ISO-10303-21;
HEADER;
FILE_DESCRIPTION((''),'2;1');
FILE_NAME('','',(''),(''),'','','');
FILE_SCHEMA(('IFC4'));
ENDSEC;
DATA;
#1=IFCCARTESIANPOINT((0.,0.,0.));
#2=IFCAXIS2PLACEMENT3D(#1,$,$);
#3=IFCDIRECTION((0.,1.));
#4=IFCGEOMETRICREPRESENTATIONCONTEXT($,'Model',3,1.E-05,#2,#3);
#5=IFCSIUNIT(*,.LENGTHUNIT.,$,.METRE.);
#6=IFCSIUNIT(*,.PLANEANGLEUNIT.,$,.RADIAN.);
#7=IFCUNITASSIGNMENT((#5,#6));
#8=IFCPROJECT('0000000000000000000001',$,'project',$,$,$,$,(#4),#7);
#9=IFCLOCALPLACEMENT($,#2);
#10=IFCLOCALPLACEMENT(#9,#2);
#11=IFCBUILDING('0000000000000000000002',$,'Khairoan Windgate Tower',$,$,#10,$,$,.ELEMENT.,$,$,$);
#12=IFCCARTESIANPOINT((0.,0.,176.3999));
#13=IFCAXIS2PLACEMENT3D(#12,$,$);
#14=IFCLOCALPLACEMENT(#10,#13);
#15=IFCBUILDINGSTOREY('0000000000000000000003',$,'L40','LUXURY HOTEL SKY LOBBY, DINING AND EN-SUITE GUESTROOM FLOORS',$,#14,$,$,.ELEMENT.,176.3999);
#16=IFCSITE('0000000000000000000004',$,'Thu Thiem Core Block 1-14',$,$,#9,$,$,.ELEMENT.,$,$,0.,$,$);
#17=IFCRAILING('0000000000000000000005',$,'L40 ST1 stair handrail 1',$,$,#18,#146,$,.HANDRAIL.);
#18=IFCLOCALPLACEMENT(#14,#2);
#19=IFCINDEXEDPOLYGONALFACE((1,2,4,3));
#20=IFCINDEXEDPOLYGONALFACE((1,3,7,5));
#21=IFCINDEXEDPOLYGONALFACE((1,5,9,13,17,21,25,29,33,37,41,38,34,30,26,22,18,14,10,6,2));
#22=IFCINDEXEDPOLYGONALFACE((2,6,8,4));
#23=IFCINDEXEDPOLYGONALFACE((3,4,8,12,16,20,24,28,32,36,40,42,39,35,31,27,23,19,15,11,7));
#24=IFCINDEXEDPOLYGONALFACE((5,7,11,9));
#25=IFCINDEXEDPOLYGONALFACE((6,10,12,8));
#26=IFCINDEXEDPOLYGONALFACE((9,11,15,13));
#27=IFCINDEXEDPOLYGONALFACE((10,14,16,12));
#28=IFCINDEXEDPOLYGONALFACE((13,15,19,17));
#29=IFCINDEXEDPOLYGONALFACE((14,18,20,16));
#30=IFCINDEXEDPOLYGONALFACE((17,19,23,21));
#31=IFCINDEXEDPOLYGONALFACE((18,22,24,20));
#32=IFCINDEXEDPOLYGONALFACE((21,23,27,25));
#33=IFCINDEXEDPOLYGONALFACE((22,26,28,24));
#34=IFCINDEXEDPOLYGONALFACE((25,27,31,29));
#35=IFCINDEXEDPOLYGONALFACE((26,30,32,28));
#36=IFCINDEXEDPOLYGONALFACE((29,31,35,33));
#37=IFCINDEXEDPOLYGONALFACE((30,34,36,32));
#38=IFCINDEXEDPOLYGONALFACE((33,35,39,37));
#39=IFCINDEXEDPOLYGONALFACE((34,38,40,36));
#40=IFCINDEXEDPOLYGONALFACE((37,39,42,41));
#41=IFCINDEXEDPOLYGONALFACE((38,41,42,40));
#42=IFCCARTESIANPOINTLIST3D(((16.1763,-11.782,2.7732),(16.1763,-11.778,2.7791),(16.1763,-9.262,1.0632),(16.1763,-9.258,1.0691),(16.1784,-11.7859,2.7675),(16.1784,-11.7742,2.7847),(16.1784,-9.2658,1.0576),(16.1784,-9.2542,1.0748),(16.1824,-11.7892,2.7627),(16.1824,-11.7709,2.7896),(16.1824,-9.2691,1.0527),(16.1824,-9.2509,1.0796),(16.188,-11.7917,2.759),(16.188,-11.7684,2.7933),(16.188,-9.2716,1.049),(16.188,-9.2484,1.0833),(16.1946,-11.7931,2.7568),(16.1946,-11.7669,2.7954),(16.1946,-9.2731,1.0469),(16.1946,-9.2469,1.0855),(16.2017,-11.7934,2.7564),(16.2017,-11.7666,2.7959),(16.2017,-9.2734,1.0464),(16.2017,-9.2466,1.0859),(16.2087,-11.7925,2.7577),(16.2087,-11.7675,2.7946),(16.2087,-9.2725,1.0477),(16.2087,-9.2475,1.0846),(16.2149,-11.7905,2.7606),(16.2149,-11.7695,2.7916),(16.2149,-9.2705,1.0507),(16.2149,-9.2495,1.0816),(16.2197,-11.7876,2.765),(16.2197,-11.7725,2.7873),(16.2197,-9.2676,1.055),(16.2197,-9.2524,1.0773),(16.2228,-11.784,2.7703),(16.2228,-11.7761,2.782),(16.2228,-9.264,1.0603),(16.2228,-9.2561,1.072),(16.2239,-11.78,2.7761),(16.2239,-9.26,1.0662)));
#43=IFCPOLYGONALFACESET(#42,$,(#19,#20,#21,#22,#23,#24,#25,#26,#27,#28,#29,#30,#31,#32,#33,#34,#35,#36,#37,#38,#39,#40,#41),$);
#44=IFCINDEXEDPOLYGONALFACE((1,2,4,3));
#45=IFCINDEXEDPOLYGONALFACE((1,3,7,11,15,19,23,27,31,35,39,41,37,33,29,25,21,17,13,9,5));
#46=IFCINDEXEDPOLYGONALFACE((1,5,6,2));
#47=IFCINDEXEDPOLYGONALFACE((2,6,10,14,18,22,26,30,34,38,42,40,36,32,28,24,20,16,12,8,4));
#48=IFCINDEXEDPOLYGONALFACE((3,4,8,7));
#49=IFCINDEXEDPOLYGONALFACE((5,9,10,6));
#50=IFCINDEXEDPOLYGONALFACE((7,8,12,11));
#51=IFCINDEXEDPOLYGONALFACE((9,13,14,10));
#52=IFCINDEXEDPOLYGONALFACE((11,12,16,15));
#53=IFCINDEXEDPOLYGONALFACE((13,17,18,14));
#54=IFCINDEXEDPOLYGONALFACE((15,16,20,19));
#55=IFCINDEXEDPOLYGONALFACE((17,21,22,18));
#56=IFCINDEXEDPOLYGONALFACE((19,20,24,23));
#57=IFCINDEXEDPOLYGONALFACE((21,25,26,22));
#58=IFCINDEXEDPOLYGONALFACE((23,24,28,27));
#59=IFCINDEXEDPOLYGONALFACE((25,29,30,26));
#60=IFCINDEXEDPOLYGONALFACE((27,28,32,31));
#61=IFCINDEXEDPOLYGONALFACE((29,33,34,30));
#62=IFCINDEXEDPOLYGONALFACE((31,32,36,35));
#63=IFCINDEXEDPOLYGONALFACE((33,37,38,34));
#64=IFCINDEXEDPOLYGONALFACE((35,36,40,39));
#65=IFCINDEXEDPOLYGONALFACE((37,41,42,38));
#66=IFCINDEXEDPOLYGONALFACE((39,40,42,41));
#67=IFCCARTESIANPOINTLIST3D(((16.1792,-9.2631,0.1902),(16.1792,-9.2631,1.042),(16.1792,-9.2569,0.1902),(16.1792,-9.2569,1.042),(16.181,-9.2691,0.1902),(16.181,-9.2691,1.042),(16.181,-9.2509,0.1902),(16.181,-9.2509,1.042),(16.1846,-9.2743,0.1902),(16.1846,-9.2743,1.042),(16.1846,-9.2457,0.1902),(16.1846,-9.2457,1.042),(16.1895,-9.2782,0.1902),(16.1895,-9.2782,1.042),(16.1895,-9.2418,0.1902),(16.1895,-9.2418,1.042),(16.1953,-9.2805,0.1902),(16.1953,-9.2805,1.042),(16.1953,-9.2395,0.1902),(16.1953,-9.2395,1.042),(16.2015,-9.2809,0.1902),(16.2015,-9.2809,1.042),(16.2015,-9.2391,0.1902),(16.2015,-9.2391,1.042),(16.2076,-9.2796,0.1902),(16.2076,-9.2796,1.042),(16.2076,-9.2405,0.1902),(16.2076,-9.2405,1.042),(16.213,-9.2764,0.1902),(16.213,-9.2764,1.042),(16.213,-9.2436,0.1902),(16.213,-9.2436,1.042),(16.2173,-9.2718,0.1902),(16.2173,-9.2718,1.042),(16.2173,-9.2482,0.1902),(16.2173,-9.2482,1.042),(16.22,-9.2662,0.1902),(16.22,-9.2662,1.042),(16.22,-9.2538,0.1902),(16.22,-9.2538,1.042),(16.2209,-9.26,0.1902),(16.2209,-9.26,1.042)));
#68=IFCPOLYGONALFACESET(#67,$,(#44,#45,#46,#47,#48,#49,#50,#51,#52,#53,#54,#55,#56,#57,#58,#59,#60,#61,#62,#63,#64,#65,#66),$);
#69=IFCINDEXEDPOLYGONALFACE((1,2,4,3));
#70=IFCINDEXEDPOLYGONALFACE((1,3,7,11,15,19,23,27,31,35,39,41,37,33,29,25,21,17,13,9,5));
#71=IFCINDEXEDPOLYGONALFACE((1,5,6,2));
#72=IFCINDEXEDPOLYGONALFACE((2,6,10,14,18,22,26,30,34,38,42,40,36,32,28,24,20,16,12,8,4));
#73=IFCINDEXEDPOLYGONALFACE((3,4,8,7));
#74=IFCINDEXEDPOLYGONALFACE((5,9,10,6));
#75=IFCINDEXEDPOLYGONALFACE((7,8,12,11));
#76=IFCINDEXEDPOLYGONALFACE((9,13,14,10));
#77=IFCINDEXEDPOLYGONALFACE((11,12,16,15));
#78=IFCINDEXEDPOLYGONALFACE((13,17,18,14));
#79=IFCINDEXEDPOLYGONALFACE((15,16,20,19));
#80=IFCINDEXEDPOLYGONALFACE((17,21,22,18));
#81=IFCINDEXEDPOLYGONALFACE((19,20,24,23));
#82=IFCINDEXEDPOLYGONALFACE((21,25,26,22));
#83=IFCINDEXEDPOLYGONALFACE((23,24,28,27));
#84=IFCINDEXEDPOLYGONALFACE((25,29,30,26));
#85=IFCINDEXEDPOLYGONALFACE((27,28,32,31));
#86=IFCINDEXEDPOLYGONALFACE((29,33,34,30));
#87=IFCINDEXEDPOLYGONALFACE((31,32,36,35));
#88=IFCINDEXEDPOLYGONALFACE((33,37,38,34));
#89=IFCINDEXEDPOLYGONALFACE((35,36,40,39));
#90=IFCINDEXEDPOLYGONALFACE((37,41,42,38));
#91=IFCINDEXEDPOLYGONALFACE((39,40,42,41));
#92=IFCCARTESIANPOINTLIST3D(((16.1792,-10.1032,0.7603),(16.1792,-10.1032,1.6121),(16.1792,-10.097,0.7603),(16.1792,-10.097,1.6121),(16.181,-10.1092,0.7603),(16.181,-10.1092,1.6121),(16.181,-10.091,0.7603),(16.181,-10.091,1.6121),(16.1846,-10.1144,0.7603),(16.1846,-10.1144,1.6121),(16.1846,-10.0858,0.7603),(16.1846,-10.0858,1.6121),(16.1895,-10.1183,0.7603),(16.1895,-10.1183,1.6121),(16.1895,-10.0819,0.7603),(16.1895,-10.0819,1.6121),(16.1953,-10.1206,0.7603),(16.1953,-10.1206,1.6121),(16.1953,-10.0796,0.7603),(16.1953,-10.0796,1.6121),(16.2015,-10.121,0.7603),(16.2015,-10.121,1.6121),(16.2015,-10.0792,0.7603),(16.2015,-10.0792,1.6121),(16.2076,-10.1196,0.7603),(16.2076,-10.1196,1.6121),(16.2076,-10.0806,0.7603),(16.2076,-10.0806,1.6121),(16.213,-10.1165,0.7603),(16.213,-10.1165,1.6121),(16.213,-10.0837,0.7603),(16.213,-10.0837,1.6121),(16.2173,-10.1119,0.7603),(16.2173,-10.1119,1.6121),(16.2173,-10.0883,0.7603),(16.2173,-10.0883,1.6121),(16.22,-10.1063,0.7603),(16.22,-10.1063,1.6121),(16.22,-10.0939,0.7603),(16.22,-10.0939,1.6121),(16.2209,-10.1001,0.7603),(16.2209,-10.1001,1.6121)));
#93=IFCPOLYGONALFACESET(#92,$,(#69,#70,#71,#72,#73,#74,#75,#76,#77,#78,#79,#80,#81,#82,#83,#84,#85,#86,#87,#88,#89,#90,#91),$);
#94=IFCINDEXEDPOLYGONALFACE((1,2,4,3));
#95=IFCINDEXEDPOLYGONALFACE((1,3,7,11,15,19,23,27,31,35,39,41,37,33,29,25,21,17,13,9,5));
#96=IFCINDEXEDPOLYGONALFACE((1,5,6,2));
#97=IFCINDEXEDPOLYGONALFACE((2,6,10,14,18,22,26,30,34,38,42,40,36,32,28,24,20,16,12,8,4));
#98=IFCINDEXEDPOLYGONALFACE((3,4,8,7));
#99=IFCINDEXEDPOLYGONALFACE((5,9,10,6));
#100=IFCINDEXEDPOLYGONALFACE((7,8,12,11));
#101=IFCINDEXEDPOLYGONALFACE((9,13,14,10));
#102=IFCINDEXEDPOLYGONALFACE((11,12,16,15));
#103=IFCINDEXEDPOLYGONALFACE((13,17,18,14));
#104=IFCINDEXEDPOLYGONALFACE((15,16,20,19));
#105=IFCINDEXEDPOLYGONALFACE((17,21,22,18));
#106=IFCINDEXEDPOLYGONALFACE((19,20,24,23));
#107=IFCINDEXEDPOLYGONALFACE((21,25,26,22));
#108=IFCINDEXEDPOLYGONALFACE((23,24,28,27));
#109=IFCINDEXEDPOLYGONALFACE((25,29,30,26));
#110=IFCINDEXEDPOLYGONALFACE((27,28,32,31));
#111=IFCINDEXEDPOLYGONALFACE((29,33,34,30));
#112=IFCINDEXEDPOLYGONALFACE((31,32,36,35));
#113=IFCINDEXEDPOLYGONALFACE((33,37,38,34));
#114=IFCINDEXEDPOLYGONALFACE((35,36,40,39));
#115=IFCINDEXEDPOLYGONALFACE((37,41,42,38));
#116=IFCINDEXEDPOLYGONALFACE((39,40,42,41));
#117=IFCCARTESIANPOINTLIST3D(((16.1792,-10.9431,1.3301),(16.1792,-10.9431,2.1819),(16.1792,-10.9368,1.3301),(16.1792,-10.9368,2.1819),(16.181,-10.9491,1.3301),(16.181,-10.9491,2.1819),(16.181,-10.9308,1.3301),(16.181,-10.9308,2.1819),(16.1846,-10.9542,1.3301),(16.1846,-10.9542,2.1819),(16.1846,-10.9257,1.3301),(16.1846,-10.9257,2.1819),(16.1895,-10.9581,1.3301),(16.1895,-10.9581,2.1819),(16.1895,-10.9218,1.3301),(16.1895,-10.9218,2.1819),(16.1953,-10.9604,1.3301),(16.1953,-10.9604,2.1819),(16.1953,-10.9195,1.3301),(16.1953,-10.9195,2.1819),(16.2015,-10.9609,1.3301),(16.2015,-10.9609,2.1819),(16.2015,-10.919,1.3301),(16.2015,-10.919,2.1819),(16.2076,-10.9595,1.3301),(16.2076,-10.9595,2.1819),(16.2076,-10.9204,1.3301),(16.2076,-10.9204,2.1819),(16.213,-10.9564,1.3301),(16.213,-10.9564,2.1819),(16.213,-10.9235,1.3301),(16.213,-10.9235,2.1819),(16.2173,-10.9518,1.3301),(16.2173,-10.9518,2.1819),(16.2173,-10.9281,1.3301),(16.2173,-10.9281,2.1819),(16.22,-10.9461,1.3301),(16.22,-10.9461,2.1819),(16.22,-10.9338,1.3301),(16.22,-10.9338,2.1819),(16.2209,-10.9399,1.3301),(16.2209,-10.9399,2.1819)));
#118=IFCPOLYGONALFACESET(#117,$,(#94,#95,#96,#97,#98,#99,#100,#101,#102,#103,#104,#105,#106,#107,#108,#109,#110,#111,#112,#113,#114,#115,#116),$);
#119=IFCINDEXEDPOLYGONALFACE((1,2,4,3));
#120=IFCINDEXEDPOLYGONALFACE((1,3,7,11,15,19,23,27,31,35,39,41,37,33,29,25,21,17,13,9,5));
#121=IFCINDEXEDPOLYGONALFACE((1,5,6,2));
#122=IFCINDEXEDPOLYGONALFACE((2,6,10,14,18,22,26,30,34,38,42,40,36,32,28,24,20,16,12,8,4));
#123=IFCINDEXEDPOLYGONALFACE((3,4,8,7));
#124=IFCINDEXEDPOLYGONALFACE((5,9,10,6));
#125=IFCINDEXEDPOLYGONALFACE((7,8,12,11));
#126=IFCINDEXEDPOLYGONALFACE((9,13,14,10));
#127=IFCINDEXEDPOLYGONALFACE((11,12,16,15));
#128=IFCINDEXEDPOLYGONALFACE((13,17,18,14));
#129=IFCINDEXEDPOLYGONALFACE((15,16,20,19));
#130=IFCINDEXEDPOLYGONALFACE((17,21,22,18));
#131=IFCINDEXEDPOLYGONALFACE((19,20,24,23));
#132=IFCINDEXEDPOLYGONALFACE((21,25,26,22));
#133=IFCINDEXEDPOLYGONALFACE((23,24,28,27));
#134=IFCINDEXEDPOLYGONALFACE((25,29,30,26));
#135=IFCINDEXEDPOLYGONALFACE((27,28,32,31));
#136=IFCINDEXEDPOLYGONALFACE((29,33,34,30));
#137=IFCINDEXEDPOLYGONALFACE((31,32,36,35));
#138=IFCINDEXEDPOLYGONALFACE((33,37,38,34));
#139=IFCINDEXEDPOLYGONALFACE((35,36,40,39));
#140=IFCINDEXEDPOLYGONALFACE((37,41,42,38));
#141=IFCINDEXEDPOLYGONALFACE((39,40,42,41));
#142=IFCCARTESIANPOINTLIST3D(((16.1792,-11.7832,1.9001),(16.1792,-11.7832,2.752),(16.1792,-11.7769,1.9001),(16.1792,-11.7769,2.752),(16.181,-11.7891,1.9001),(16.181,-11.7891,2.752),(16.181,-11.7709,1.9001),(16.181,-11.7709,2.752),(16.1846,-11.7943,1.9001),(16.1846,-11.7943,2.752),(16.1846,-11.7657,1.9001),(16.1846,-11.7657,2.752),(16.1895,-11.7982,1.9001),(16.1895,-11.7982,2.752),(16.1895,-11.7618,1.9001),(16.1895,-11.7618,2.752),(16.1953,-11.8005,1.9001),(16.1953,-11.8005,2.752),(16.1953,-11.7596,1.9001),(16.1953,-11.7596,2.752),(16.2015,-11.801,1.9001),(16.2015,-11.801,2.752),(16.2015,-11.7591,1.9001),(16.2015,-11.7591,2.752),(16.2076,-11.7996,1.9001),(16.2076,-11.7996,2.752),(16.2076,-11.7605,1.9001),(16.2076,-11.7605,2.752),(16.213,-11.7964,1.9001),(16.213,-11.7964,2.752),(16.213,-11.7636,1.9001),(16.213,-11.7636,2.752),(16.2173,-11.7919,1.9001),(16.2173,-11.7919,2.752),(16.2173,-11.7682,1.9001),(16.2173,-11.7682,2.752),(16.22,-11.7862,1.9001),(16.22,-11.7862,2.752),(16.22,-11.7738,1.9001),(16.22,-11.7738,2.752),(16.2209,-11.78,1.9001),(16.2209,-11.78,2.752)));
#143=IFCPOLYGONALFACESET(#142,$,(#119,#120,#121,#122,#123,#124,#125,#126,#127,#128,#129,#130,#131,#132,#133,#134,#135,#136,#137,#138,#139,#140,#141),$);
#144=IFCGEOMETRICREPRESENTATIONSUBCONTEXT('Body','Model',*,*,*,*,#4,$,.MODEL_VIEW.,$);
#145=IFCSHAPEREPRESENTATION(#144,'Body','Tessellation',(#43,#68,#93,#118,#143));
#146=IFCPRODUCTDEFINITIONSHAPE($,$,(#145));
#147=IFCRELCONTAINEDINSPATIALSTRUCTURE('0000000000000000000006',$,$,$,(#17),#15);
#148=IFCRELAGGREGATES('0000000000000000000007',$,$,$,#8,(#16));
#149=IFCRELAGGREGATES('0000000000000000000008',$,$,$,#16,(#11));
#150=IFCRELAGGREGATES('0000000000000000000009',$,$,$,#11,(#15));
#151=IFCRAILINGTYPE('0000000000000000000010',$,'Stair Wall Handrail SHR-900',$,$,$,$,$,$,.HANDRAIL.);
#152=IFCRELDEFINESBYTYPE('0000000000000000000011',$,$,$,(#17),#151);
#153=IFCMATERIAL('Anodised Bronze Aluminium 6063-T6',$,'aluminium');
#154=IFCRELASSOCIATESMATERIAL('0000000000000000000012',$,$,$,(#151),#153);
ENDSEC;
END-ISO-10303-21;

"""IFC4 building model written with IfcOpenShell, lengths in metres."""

from ifc_helpers import new_model, si_unit, direction, frame, origin, origin_2d, place, context, subcontext, project, spatial, circle, extrude, material, type_object, element, save


model = new_model("IFC4")

# Units and contexts
model_context = context("Model", 3, precision=1e-05, world=origin(), true_north=direction((0.0, 1.0)))
body_context = subcontext(model_context, "Body", "Model", "MODEL_VIEW")
ifc_project = project(units=[si_unit("LENGTHUNIT", "METRE"), si_unit("PLANEANGLEUNIT", "RADIAN")], contexts=[model_context])

# Site, building, storey
site_placement = place(None, origin())
site = spatial("IfcSite", under=ifc_project, at=site_placement, Name="Thu Thiem Core Block 1-14", CompositionType="ELEMENT", RefElevation=0.0)
building_placement = place(site_placement, origin())
building = spatial("IfcBuilding", under=site, at=building_placement, Name="Khairoan Windgate Tower", CompositionType="ELEMENT")
storey_placement = place(building_placement, frame((0.0, 0.0, 176.3999)))
storey = spatial("IfcBuildingStorey", under=building, at=storey_placement, Name="L40", Description="LUXURY HOTEL SKY LOBBY, DINING AND EN-SUITE GUESTROOM FLOORS", CompositionType="ELEMENT", Elevation=176.3999)

# Railing
ifc_material_1 = material(Name="Anodised Bronze Aluminium 6063-T6", Category="aluminium")
railing_type_1 = type_object("IfcRailingType", Name="Stair Wall Handrail SHR-900", PredefinedType="HANDRAIL", material=ifc_material_1)
railing_1_placement = place(storey_placement, frame((16.2, -9.26, 0.1902)))
element("IfcRailing", 1, at=railing_1_placement, inside=storey, type_object=railing_type_1, Name="L40 ST1 stair handrail 1", PredefinedType="HANDRAIL", context=body_context, shape_type="SweptSolid", body=[
    extrude(circle(Radius=0.0239, at=origin_2d()), frame((0.0, 0.0, 0.876), z_axis=(0.0, -0.827484, 0.56149), x_axis=(1.0, 0.0, 0.0)), (0.0, 0.0, 1.0), 3.0454),
    extrude(circle(Radius=0.021, at=origin_2d()), origin(), (0.0, 0.0, 1.0), 0.8518),
    extrude(circle(Radius=0.021, at=origin_2d()), frame((0.0, -0.8401, 0.5701)), (0.0, 0.0, 1.0), 0.8518),
    extrude(circle(Radius=0.021, at=origin_2d()), frame((0.0, -1.6799, 1.1399)), (0.0, 0.0, 1.0), 0.8518),
    extrude(circle(Radius=0.021, at=origin_2d()), frame((0.0, -2.52, 1.71)), (0.0, 0.0, 1.0), 0.8518),
])

save(model, "model.ifc")
